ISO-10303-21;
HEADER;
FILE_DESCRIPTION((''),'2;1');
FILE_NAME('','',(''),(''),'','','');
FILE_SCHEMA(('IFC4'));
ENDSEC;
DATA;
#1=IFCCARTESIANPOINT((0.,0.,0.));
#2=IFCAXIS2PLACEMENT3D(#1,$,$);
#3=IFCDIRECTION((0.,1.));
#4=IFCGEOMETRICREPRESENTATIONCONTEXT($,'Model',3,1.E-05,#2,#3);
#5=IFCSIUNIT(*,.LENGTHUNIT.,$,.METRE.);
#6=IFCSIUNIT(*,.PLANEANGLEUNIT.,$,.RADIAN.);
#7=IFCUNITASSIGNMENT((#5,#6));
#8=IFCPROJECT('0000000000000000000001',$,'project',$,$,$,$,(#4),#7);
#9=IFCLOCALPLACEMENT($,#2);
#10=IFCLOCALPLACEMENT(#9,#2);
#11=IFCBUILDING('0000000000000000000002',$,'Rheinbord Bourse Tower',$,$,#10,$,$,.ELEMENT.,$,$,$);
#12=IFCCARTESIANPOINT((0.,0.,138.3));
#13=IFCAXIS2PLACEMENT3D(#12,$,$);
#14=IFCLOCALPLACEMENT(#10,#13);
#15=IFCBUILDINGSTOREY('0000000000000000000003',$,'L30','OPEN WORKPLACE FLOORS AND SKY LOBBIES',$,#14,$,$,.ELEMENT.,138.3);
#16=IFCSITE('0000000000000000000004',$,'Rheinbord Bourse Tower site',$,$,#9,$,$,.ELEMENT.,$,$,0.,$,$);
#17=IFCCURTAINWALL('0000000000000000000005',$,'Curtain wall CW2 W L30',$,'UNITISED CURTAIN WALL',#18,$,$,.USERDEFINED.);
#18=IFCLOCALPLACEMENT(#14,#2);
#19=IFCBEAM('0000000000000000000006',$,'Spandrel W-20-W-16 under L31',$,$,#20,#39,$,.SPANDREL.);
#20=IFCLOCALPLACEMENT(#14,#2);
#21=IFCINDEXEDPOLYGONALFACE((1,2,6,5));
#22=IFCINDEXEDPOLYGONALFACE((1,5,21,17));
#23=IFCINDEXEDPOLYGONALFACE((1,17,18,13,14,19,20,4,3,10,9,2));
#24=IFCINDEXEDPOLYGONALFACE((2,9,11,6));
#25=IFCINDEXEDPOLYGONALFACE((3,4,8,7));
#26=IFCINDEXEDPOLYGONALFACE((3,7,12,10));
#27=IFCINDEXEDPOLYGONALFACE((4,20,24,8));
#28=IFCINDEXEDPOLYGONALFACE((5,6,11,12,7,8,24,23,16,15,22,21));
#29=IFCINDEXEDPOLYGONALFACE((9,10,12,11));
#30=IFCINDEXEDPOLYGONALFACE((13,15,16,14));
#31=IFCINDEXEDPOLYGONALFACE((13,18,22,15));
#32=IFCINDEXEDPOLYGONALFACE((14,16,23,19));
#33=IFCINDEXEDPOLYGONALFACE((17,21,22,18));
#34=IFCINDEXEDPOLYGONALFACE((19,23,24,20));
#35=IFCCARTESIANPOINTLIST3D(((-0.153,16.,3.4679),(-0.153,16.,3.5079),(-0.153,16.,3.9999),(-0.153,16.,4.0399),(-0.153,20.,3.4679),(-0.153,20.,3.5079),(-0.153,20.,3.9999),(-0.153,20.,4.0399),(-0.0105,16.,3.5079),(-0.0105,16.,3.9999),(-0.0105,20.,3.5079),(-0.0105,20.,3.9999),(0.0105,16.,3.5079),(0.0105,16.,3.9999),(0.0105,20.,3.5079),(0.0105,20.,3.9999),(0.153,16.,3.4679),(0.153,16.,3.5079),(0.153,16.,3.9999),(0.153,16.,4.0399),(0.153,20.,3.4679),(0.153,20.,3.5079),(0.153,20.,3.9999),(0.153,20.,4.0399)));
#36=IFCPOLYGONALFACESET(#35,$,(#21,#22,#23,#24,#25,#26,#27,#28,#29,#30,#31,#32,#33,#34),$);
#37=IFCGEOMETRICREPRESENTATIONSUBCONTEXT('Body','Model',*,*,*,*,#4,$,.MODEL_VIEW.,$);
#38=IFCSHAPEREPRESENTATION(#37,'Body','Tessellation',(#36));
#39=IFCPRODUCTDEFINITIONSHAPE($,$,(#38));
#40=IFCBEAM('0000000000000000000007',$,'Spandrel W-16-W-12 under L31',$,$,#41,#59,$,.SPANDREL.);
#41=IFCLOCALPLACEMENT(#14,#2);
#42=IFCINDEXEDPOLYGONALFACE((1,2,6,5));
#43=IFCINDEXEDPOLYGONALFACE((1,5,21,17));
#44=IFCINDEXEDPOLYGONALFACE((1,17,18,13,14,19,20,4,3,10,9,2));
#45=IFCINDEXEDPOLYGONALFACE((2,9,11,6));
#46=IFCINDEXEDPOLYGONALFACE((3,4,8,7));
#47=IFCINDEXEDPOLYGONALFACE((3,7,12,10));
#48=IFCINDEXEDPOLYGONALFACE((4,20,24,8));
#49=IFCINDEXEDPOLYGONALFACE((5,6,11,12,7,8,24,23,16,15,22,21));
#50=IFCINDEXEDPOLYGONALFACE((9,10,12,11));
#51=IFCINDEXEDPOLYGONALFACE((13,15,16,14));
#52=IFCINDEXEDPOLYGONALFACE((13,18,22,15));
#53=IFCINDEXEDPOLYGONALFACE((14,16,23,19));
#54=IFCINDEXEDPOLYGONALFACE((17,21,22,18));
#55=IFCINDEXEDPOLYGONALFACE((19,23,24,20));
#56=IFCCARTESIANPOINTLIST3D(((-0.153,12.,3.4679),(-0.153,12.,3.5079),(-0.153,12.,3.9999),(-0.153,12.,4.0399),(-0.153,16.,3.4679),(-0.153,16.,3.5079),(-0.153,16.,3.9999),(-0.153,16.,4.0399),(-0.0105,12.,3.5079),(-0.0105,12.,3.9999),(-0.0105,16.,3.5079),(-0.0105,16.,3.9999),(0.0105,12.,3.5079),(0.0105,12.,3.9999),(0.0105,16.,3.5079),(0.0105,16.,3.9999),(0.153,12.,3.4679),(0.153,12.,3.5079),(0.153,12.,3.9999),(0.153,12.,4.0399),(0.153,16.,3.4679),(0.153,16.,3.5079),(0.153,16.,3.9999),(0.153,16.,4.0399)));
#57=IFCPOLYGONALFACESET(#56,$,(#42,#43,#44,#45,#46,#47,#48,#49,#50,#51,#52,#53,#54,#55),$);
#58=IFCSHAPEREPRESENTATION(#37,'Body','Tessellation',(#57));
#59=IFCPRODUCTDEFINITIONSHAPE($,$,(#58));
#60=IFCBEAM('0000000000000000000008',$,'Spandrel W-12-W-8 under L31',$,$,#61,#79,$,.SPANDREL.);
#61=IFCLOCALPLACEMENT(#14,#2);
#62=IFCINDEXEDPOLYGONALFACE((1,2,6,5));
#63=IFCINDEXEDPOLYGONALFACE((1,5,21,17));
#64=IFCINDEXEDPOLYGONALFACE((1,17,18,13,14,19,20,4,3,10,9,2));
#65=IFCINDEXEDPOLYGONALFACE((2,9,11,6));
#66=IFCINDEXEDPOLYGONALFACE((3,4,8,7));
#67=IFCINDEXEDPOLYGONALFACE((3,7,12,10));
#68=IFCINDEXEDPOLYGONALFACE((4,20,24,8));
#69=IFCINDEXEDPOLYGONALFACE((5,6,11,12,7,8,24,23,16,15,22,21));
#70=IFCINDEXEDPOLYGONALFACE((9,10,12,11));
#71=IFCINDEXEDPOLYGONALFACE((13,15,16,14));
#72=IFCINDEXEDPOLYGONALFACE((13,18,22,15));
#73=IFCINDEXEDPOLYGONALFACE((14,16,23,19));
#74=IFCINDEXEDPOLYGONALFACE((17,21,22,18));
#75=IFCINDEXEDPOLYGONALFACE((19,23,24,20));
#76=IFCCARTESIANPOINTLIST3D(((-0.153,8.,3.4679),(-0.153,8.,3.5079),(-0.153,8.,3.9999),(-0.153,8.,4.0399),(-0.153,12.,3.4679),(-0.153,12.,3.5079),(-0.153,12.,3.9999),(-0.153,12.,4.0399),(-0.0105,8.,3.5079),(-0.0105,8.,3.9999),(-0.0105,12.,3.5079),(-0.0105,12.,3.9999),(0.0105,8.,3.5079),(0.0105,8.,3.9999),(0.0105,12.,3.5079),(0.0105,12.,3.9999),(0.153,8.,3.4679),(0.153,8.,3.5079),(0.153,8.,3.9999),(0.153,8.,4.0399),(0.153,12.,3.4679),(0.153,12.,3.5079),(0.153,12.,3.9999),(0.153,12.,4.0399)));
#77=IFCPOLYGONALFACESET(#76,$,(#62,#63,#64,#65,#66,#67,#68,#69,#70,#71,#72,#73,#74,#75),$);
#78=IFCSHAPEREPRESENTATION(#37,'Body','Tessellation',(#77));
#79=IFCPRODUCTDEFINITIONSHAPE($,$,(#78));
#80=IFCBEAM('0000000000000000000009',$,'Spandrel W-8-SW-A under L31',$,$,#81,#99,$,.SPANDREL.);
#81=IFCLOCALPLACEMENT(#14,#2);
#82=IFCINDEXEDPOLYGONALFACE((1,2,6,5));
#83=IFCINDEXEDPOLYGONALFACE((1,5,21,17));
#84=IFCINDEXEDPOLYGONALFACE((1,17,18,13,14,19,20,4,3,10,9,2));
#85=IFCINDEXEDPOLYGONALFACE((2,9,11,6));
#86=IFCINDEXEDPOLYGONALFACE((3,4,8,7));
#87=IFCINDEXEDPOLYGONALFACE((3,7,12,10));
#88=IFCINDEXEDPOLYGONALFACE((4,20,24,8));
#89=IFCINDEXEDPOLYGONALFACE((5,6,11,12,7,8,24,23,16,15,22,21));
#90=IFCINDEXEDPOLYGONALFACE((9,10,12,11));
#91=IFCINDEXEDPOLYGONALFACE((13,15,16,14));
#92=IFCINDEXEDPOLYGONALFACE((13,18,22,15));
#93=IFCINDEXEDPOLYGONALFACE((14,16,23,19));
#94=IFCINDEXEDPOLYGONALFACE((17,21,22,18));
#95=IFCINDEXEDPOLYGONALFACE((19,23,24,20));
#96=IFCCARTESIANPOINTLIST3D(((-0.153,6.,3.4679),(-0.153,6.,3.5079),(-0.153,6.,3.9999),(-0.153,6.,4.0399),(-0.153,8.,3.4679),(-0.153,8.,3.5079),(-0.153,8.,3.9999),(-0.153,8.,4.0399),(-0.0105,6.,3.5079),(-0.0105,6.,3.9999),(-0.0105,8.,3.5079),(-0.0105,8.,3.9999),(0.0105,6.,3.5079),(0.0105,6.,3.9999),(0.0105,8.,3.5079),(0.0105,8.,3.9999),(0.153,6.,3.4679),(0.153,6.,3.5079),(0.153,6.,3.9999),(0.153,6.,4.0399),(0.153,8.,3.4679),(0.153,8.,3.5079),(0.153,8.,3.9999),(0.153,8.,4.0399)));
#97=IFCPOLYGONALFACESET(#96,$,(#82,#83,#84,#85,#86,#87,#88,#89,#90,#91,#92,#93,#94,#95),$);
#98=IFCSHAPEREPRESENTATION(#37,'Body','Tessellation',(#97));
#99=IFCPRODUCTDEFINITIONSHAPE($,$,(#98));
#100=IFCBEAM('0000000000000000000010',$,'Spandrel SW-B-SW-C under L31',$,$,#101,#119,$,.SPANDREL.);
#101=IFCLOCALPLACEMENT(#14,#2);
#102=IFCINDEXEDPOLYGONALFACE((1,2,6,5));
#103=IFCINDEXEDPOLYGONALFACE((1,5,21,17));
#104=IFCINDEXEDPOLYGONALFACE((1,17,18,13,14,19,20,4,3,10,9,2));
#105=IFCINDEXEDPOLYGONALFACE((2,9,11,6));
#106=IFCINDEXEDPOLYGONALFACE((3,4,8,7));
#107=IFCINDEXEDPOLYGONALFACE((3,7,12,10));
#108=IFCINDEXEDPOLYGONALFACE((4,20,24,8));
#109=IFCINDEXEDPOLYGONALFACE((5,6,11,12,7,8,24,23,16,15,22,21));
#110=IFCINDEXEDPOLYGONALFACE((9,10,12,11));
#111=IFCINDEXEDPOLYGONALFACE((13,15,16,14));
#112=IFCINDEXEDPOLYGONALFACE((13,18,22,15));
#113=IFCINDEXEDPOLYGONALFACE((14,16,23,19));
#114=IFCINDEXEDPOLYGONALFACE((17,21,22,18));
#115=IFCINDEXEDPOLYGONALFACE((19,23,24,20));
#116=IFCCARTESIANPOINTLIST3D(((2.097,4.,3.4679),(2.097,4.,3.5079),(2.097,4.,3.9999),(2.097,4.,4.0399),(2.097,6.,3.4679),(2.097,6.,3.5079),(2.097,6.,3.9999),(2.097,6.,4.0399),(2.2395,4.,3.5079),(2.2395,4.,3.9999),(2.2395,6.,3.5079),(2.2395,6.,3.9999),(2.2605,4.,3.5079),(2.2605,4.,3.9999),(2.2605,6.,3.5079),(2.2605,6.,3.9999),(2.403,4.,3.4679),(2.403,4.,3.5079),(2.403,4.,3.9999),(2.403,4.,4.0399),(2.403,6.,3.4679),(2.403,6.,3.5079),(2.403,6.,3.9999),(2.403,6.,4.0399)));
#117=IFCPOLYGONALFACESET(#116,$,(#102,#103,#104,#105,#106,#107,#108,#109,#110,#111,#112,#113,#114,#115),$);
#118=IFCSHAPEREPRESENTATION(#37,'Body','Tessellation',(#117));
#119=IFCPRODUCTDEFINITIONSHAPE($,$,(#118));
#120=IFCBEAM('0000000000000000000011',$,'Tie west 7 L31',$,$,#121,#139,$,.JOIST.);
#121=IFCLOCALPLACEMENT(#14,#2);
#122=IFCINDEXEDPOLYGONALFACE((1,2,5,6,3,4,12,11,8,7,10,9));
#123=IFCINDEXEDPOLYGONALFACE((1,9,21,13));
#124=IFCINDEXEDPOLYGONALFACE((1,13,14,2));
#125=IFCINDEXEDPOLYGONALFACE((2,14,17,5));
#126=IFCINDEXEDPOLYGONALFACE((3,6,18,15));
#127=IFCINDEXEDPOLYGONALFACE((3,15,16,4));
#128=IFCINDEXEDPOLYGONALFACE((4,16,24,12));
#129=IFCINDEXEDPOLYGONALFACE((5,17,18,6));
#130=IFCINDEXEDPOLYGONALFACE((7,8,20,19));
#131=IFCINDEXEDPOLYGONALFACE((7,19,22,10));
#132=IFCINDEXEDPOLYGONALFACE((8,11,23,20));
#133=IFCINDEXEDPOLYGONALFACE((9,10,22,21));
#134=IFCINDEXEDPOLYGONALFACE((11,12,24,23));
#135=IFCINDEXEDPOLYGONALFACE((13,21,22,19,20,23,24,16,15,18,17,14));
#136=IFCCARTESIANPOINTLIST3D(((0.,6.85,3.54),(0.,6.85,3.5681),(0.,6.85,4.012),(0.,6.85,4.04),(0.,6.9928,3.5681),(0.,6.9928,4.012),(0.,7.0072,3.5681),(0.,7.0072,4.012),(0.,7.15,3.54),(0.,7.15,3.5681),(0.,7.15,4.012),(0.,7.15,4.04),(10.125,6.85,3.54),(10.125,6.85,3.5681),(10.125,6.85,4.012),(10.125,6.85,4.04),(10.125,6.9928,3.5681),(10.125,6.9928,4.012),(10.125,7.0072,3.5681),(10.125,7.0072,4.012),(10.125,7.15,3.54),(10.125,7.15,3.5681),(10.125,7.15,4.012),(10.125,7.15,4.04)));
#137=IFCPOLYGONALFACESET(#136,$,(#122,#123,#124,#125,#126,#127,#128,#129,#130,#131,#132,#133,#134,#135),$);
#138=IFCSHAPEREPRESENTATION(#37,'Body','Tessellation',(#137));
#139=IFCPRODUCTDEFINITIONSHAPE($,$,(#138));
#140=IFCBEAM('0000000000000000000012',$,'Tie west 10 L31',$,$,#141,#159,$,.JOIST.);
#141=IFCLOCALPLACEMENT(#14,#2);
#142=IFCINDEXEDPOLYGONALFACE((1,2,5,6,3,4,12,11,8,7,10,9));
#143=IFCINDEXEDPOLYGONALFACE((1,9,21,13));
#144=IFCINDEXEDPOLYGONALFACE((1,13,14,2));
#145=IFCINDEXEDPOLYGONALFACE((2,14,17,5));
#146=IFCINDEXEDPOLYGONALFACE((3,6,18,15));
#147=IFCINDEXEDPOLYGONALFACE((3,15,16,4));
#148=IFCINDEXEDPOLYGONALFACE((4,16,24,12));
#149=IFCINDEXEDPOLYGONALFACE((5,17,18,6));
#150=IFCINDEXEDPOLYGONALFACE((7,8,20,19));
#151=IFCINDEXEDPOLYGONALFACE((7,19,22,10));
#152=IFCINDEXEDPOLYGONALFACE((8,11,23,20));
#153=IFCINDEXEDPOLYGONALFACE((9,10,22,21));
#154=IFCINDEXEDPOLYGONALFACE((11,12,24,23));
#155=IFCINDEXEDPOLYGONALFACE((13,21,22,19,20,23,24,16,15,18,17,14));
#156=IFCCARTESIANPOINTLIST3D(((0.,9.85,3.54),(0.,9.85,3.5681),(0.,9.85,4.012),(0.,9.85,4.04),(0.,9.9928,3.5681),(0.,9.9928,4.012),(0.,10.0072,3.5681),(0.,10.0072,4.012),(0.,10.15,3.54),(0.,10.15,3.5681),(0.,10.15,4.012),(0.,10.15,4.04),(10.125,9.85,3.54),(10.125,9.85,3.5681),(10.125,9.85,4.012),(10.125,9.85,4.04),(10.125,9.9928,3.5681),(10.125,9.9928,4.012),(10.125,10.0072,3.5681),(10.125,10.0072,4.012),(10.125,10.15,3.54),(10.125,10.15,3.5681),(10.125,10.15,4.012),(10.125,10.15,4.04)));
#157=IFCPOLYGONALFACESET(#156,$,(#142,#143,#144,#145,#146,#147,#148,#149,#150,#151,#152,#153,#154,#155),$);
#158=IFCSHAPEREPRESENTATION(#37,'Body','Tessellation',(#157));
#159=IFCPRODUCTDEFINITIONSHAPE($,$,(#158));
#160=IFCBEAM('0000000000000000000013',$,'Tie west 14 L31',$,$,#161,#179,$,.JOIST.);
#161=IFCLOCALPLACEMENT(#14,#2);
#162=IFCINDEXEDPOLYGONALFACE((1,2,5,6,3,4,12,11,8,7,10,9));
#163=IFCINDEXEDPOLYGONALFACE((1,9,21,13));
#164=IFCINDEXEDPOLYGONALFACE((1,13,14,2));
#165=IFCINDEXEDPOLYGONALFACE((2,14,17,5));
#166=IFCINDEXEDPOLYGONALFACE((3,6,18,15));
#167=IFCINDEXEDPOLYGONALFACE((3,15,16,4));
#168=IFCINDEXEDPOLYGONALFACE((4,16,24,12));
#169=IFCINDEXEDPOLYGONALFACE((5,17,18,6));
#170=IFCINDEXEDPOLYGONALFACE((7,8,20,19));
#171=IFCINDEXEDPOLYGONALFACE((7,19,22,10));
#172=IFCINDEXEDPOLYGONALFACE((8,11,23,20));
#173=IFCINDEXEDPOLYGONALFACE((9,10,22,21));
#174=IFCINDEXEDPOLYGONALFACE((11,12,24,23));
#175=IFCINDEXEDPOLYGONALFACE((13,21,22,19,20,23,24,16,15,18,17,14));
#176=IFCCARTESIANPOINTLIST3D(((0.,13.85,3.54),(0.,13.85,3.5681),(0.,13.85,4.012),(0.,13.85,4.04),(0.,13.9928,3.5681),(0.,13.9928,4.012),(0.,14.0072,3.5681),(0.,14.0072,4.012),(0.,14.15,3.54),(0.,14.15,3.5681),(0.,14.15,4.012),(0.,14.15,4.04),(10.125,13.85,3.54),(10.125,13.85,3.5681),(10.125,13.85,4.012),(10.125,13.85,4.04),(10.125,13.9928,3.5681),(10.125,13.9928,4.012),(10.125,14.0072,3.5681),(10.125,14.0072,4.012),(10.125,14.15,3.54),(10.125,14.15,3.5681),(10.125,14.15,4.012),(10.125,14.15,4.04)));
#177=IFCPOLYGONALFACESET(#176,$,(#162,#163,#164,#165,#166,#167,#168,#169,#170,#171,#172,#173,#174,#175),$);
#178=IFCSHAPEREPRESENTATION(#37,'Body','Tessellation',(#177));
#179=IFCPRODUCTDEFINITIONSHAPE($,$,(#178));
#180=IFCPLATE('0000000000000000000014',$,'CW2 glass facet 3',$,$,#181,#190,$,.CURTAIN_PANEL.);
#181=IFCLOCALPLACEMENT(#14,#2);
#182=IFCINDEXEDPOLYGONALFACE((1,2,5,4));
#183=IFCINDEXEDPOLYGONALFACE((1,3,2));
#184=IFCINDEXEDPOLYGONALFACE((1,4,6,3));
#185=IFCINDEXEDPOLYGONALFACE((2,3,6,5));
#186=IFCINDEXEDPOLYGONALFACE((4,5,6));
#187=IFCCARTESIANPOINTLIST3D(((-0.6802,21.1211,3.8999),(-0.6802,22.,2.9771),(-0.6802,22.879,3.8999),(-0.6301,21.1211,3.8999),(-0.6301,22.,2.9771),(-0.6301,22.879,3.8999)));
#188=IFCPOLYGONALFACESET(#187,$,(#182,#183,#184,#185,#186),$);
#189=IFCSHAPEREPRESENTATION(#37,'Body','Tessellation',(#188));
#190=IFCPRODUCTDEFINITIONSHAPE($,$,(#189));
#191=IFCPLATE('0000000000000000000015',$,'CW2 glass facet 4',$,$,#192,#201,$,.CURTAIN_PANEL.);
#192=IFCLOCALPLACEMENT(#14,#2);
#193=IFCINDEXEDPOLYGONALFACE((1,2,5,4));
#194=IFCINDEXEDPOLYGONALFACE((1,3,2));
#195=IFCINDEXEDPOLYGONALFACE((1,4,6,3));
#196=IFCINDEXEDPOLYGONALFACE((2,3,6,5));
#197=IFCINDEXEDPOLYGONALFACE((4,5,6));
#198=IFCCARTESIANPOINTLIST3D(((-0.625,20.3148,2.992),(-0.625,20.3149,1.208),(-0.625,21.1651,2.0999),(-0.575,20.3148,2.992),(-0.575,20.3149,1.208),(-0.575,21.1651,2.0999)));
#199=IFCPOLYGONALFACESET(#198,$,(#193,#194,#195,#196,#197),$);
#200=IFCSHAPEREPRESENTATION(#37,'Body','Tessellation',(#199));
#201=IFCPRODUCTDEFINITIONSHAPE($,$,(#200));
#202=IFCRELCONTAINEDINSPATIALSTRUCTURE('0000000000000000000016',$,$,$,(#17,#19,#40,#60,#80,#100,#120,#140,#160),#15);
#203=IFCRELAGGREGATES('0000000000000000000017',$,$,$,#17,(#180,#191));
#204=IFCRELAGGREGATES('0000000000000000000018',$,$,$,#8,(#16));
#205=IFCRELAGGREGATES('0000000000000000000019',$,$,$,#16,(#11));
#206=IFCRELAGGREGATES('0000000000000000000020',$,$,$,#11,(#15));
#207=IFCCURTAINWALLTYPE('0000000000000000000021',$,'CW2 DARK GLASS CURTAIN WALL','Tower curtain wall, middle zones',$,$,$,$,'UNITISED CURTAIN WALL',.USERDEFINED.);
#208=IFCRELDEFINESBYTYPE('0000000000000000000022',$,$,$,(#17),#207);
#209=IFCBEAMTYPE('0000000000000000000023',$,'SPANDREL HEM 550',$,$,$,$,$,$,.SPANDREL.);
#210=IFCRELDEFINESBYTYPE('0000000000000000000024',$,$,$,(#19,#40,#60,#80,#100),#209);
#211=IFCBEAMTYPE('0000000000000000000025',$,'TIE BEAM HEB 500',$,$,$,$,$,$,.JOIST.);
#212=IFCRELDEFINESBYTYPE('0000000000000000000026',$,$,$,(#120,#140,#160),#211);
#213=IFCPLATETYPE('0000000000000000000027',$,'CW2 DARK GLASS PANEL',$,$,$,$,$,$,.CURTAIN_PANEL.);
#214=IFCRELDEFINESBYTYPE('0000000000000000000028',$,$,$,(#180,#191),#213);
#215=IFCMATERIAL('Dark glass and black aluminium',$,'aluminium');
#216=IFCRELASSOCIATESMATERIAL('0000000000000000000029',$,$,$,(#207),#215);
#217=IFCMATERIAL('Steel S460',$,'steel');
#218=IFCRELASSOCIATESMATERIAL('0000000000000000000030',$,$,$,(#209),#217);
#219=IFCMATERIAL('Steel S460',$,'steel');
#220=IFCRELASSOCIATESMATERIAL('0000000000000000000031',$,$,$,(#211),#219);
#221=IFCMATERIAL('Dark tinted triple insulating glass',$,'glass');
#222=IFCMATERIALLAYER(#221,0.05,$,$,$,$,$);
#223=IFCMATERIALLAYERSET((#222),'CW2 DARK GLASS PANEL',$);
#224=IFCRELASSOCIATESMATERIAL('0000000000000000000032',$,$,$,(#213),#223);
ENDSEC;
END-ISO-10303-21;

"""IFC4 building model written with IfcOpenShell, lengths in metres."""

from ifc_helpers import new_model, si_unit, direction, frame, origin, origin_2d, place, context, subcontext, project, spatial, polyline, i_section, outline, extrude, material, layer, layer_set, material_profile, profile_set, type_object, element, aggregate, save


model = new_model("IFC4")

# Units and contexts
model_context = context("Model", 3, precision=1e-05, world=origin(), true_north=direction((0.0, 1.0)))
body_context = subcontext(model_context, "Body", "Model", "MODEL_VIEW")
ifc_project = project(units=[si_unit("LENGTHUNIT", "METRE"), si_unit("PLANEANGLEUNIT", "RADIAN")], contexts=[model_context])

# Site, building, storey
site_placement = place(None, origin())
site = spatial("IfcSite", under=ifc_project, at=site_placement, Name="Rheinbord Bourse Tower site", CompositionType="ELEMENT", RefElevation=0.0)
building_placement = place(site_placement, origin())
building = spatial("IfcBuilding", under=site, at=building_placement, Name="Rheinbord Bourse Tower", CompositionType="ELEMENT")
storey_placement = place(building_placement, frame((0.0, 0.0, 138.3)))
storey = spatial("IfcBuildingStorey", under=building, at=storey_placement, Name="L30", Description="OPEN WORKPLACE FLOORS AND SKY LOBBIES", CompositionType="ELEMENT", Elevation=138.3)

# Curtain wall
ifc_material_1 = material(Name="Dark glass and black aluminium", Category="aluminium")
curtain_wall_type = type_object("IfcCurtainWallType", Name="CW2 DARK GLASS CURTAIN WALL", Description="Tower curtain wall, middle zones", ElementType="UNITISED CURTAIN WALL", PredefinedType="USERDEFINED", material=ifc_material_1)
curtain_wall_placement = place(storey_placement, origin())
curtain_wall = element("IfcCurtainWall", 1, at=curtain_wall_placement, inside=storey, type_object=curtain_wall_type, Name="Curtain wall CW2 W L30", ObjectType="UNITISED CURTAIN WALL", PredefinedType="USERDEFINED")

# Beams
ifc_material_2 = material(Name="Steel S460", Category="steel")
ifc_material_profile_1 = material_profile(ifc_material_2, i_section(OverallWidth=0.3059, OverallDepth=0.572, WebThickness=0.021, FlangeThickness=0.04, at=origin_2d()), Name="HEM 550")
ifc_profile_set_1 = profile_set([ifc_material_profile_1], Name="Steel S460")
beam_type_1 = type_object("IfcBeamType", Name="SPANDREL HEM 550", PredefinedType="SPANDREL", material=ifc_profile_set_1)
for number, where, z_axis, x_axis, name in (
    (2, (0.0, 20.0, 3.7539), (0.0, -1.0, 0.0), (1.0, 0.0, 0.0), "Spandrel W-20-W-16 under L31"),
    (3, (0.0, 16.0, 3.7539), (0.0, -1.0, 0.0), (1.0, 0.0, 0.0), "Spandrel W-16-W-12 under L31"),
    (4, (0.0, 12.0, 3.7539), (0.0, -1.0, 0.0), (1.0, 0.0, 0.0), "Spandrel W-12-W-8 under L31"),
):
    element("IfcBeam", number, at=place(storey_placement, frame(where, z_axis=z_axis, x_axis=x_axis)), inside=storey, type_object=beam_type_1, Name=name, PredefinedType="SPANDREL", context=body_context, shape_type="SweptSolid", body=[
        extrude(i_section(OverallWidth=0.3059, OverallDepth=0.572, WebThickness=0.021, FlangeThickness=0.04, at=origin_2d()), origin(), (0.0, 0.0, 1.0), 4.0),
    ])
for number, where, z_axis, x_axis, name in (
    (5, (0.0, 8.0, 3.7539), (0.0, -1.0, 0.0), (1.0, 0.0, 0.0), "Spandrel W-8-SW-A under L31"),
    (6, (2.25, 6.0, 3.7539), (0.0, -1.0, 0.0), (1.0, 0.0, 0.0), "Spandrel SW-B-SW-C under L31"),
):
    element("IfcBeam", number, at=place(storey_placement, frame(where, z_axis=z_axis, x_axis=x_axis)), inside=storey, type_object=beam_type_1, Name=name, PredefinedType="SPANDREL", context=body_context, shape_type="SweptSolid", body=[
        extrude(i_section(OverallWidth=0.3059, OverallDepth=0.572, WebThickness=0.021, FlangeThickness=0.04, at=origin_2d()), origin(), (0.0, 0.0, 1.0), 2.0),
    ])
ifc_material_3 = material(Name="Steel S460", Category="steel")
ifc_material_profile_2 = material_profile(ifc_material_3, i_section(OverallWidth=0.3, OverallDepth=0.5, WebThickness=0.0144, FlangeThickness=0.0281, at=origin_2d()), Name="HEB 500")
ifc_profile_set_2 = profile_set([ifc_material_profile_2], Name="Steel S460")
beam_type_2 = type_object("IfcBeamType", Name="TIE BEAM HEB 500", PredefinedType="JOIST", material=ifc_profile_set_2)
for number, where, z_axis, x_axis, name in (
    (7, (0.0, 7.0, 3.79), (1.0, 0.0, 0.0), (0.0, 1.0, 0.0), "Tie west 7 L31"),
    (8, (0.0, 10.0, 3.79), (1.0, 0.0, 0.0), (0.0, 1.0, 0.0), "Tie west 10 L31"),
    (9, (0.0, 14.0, 3.79), (1.0, 0.0, 0.0), (0.0, 1.0, 0.0), "Tie west 14 L31"),
):
    element("IfcBeam", number, at=place(storey_placement, frame(where, z_axis=z_axis, x_axis=x_axis)), inside=storey, type_object=beam_type_2, Name=name, PredefinedType="JOIST", context=body_context, shape_type="SweptSolid", body=[
        extrude(i_section(OverallWidth=0.3, OverallDepth=0.5, WebThickness=0.0144, FlangeThickness=0.0281, at=origin_2d()), origin(), (0.0, 0.0, 1.0), 10.125),
    ])

# Plates
ifc_material_4 = material(Name="Dark tinted triple insulating glass", Category="glass")
ifc_layer_1 = layer(ifc_material_4, 0.05)
ifc_layer_set_1 = layer_set([ifc_layer_1], Name="CW2 DARK GLASS PANEL")
plate_type = type_object("IfcPlateType", Name="CW2 DARK GLASS PANEL", PredefinedType="CURTAIN_PANEL", material=ifc_layer_set_1)
plate_1_placement = place(storey_placement, frame((-0.6802, 21.1211, 3.8999), z_axis=(1.0, 0.0, 0.0), x_axis=(0.0, 0.689655, -0.724138)))
plate_1 = element("IfcPlate", 10, at=plate_1_placement, type_object=plate_type, Name="CW2 glass facet 3", PredefinedType="CURTAIN_PANEL", context=body_context, shape_type="SweptSolid", body=[
    extrude(outline(polyline([(0.0, 0.0), (1.2744, 0.0), (1.2124, 1.2729), (0.0, 0.0)])), origin(), (0.0, 0.0, 1.0), 0.05),
])
plate_2_placement = place(storey_placement, frame((-0.625, 20.3149, 1.208), z_axis=(1.0, 0.0, 0.0), x_axis=(0.0, 0.689962, 0.723846)))
plate_2 = element("IfcPlate", 11, at=plate_2_placement, type_object=plate_type, Name="CW2 glass facet 4", PredefinedType="CURTAIN_PANEL", context=body_context, shape_type="SweptSolid", body=[
    extrude(outline(polyline([(0.0, 0.0), (1.2322, 0.0), (1.2913, 1.231), (0.0, 0.0)])), origin(), (0.0, 0.0, 1.0), 0.05),
])
aggregate(curtain_wall, [plate_1, plate_2])

save(model, "model.ifc")
